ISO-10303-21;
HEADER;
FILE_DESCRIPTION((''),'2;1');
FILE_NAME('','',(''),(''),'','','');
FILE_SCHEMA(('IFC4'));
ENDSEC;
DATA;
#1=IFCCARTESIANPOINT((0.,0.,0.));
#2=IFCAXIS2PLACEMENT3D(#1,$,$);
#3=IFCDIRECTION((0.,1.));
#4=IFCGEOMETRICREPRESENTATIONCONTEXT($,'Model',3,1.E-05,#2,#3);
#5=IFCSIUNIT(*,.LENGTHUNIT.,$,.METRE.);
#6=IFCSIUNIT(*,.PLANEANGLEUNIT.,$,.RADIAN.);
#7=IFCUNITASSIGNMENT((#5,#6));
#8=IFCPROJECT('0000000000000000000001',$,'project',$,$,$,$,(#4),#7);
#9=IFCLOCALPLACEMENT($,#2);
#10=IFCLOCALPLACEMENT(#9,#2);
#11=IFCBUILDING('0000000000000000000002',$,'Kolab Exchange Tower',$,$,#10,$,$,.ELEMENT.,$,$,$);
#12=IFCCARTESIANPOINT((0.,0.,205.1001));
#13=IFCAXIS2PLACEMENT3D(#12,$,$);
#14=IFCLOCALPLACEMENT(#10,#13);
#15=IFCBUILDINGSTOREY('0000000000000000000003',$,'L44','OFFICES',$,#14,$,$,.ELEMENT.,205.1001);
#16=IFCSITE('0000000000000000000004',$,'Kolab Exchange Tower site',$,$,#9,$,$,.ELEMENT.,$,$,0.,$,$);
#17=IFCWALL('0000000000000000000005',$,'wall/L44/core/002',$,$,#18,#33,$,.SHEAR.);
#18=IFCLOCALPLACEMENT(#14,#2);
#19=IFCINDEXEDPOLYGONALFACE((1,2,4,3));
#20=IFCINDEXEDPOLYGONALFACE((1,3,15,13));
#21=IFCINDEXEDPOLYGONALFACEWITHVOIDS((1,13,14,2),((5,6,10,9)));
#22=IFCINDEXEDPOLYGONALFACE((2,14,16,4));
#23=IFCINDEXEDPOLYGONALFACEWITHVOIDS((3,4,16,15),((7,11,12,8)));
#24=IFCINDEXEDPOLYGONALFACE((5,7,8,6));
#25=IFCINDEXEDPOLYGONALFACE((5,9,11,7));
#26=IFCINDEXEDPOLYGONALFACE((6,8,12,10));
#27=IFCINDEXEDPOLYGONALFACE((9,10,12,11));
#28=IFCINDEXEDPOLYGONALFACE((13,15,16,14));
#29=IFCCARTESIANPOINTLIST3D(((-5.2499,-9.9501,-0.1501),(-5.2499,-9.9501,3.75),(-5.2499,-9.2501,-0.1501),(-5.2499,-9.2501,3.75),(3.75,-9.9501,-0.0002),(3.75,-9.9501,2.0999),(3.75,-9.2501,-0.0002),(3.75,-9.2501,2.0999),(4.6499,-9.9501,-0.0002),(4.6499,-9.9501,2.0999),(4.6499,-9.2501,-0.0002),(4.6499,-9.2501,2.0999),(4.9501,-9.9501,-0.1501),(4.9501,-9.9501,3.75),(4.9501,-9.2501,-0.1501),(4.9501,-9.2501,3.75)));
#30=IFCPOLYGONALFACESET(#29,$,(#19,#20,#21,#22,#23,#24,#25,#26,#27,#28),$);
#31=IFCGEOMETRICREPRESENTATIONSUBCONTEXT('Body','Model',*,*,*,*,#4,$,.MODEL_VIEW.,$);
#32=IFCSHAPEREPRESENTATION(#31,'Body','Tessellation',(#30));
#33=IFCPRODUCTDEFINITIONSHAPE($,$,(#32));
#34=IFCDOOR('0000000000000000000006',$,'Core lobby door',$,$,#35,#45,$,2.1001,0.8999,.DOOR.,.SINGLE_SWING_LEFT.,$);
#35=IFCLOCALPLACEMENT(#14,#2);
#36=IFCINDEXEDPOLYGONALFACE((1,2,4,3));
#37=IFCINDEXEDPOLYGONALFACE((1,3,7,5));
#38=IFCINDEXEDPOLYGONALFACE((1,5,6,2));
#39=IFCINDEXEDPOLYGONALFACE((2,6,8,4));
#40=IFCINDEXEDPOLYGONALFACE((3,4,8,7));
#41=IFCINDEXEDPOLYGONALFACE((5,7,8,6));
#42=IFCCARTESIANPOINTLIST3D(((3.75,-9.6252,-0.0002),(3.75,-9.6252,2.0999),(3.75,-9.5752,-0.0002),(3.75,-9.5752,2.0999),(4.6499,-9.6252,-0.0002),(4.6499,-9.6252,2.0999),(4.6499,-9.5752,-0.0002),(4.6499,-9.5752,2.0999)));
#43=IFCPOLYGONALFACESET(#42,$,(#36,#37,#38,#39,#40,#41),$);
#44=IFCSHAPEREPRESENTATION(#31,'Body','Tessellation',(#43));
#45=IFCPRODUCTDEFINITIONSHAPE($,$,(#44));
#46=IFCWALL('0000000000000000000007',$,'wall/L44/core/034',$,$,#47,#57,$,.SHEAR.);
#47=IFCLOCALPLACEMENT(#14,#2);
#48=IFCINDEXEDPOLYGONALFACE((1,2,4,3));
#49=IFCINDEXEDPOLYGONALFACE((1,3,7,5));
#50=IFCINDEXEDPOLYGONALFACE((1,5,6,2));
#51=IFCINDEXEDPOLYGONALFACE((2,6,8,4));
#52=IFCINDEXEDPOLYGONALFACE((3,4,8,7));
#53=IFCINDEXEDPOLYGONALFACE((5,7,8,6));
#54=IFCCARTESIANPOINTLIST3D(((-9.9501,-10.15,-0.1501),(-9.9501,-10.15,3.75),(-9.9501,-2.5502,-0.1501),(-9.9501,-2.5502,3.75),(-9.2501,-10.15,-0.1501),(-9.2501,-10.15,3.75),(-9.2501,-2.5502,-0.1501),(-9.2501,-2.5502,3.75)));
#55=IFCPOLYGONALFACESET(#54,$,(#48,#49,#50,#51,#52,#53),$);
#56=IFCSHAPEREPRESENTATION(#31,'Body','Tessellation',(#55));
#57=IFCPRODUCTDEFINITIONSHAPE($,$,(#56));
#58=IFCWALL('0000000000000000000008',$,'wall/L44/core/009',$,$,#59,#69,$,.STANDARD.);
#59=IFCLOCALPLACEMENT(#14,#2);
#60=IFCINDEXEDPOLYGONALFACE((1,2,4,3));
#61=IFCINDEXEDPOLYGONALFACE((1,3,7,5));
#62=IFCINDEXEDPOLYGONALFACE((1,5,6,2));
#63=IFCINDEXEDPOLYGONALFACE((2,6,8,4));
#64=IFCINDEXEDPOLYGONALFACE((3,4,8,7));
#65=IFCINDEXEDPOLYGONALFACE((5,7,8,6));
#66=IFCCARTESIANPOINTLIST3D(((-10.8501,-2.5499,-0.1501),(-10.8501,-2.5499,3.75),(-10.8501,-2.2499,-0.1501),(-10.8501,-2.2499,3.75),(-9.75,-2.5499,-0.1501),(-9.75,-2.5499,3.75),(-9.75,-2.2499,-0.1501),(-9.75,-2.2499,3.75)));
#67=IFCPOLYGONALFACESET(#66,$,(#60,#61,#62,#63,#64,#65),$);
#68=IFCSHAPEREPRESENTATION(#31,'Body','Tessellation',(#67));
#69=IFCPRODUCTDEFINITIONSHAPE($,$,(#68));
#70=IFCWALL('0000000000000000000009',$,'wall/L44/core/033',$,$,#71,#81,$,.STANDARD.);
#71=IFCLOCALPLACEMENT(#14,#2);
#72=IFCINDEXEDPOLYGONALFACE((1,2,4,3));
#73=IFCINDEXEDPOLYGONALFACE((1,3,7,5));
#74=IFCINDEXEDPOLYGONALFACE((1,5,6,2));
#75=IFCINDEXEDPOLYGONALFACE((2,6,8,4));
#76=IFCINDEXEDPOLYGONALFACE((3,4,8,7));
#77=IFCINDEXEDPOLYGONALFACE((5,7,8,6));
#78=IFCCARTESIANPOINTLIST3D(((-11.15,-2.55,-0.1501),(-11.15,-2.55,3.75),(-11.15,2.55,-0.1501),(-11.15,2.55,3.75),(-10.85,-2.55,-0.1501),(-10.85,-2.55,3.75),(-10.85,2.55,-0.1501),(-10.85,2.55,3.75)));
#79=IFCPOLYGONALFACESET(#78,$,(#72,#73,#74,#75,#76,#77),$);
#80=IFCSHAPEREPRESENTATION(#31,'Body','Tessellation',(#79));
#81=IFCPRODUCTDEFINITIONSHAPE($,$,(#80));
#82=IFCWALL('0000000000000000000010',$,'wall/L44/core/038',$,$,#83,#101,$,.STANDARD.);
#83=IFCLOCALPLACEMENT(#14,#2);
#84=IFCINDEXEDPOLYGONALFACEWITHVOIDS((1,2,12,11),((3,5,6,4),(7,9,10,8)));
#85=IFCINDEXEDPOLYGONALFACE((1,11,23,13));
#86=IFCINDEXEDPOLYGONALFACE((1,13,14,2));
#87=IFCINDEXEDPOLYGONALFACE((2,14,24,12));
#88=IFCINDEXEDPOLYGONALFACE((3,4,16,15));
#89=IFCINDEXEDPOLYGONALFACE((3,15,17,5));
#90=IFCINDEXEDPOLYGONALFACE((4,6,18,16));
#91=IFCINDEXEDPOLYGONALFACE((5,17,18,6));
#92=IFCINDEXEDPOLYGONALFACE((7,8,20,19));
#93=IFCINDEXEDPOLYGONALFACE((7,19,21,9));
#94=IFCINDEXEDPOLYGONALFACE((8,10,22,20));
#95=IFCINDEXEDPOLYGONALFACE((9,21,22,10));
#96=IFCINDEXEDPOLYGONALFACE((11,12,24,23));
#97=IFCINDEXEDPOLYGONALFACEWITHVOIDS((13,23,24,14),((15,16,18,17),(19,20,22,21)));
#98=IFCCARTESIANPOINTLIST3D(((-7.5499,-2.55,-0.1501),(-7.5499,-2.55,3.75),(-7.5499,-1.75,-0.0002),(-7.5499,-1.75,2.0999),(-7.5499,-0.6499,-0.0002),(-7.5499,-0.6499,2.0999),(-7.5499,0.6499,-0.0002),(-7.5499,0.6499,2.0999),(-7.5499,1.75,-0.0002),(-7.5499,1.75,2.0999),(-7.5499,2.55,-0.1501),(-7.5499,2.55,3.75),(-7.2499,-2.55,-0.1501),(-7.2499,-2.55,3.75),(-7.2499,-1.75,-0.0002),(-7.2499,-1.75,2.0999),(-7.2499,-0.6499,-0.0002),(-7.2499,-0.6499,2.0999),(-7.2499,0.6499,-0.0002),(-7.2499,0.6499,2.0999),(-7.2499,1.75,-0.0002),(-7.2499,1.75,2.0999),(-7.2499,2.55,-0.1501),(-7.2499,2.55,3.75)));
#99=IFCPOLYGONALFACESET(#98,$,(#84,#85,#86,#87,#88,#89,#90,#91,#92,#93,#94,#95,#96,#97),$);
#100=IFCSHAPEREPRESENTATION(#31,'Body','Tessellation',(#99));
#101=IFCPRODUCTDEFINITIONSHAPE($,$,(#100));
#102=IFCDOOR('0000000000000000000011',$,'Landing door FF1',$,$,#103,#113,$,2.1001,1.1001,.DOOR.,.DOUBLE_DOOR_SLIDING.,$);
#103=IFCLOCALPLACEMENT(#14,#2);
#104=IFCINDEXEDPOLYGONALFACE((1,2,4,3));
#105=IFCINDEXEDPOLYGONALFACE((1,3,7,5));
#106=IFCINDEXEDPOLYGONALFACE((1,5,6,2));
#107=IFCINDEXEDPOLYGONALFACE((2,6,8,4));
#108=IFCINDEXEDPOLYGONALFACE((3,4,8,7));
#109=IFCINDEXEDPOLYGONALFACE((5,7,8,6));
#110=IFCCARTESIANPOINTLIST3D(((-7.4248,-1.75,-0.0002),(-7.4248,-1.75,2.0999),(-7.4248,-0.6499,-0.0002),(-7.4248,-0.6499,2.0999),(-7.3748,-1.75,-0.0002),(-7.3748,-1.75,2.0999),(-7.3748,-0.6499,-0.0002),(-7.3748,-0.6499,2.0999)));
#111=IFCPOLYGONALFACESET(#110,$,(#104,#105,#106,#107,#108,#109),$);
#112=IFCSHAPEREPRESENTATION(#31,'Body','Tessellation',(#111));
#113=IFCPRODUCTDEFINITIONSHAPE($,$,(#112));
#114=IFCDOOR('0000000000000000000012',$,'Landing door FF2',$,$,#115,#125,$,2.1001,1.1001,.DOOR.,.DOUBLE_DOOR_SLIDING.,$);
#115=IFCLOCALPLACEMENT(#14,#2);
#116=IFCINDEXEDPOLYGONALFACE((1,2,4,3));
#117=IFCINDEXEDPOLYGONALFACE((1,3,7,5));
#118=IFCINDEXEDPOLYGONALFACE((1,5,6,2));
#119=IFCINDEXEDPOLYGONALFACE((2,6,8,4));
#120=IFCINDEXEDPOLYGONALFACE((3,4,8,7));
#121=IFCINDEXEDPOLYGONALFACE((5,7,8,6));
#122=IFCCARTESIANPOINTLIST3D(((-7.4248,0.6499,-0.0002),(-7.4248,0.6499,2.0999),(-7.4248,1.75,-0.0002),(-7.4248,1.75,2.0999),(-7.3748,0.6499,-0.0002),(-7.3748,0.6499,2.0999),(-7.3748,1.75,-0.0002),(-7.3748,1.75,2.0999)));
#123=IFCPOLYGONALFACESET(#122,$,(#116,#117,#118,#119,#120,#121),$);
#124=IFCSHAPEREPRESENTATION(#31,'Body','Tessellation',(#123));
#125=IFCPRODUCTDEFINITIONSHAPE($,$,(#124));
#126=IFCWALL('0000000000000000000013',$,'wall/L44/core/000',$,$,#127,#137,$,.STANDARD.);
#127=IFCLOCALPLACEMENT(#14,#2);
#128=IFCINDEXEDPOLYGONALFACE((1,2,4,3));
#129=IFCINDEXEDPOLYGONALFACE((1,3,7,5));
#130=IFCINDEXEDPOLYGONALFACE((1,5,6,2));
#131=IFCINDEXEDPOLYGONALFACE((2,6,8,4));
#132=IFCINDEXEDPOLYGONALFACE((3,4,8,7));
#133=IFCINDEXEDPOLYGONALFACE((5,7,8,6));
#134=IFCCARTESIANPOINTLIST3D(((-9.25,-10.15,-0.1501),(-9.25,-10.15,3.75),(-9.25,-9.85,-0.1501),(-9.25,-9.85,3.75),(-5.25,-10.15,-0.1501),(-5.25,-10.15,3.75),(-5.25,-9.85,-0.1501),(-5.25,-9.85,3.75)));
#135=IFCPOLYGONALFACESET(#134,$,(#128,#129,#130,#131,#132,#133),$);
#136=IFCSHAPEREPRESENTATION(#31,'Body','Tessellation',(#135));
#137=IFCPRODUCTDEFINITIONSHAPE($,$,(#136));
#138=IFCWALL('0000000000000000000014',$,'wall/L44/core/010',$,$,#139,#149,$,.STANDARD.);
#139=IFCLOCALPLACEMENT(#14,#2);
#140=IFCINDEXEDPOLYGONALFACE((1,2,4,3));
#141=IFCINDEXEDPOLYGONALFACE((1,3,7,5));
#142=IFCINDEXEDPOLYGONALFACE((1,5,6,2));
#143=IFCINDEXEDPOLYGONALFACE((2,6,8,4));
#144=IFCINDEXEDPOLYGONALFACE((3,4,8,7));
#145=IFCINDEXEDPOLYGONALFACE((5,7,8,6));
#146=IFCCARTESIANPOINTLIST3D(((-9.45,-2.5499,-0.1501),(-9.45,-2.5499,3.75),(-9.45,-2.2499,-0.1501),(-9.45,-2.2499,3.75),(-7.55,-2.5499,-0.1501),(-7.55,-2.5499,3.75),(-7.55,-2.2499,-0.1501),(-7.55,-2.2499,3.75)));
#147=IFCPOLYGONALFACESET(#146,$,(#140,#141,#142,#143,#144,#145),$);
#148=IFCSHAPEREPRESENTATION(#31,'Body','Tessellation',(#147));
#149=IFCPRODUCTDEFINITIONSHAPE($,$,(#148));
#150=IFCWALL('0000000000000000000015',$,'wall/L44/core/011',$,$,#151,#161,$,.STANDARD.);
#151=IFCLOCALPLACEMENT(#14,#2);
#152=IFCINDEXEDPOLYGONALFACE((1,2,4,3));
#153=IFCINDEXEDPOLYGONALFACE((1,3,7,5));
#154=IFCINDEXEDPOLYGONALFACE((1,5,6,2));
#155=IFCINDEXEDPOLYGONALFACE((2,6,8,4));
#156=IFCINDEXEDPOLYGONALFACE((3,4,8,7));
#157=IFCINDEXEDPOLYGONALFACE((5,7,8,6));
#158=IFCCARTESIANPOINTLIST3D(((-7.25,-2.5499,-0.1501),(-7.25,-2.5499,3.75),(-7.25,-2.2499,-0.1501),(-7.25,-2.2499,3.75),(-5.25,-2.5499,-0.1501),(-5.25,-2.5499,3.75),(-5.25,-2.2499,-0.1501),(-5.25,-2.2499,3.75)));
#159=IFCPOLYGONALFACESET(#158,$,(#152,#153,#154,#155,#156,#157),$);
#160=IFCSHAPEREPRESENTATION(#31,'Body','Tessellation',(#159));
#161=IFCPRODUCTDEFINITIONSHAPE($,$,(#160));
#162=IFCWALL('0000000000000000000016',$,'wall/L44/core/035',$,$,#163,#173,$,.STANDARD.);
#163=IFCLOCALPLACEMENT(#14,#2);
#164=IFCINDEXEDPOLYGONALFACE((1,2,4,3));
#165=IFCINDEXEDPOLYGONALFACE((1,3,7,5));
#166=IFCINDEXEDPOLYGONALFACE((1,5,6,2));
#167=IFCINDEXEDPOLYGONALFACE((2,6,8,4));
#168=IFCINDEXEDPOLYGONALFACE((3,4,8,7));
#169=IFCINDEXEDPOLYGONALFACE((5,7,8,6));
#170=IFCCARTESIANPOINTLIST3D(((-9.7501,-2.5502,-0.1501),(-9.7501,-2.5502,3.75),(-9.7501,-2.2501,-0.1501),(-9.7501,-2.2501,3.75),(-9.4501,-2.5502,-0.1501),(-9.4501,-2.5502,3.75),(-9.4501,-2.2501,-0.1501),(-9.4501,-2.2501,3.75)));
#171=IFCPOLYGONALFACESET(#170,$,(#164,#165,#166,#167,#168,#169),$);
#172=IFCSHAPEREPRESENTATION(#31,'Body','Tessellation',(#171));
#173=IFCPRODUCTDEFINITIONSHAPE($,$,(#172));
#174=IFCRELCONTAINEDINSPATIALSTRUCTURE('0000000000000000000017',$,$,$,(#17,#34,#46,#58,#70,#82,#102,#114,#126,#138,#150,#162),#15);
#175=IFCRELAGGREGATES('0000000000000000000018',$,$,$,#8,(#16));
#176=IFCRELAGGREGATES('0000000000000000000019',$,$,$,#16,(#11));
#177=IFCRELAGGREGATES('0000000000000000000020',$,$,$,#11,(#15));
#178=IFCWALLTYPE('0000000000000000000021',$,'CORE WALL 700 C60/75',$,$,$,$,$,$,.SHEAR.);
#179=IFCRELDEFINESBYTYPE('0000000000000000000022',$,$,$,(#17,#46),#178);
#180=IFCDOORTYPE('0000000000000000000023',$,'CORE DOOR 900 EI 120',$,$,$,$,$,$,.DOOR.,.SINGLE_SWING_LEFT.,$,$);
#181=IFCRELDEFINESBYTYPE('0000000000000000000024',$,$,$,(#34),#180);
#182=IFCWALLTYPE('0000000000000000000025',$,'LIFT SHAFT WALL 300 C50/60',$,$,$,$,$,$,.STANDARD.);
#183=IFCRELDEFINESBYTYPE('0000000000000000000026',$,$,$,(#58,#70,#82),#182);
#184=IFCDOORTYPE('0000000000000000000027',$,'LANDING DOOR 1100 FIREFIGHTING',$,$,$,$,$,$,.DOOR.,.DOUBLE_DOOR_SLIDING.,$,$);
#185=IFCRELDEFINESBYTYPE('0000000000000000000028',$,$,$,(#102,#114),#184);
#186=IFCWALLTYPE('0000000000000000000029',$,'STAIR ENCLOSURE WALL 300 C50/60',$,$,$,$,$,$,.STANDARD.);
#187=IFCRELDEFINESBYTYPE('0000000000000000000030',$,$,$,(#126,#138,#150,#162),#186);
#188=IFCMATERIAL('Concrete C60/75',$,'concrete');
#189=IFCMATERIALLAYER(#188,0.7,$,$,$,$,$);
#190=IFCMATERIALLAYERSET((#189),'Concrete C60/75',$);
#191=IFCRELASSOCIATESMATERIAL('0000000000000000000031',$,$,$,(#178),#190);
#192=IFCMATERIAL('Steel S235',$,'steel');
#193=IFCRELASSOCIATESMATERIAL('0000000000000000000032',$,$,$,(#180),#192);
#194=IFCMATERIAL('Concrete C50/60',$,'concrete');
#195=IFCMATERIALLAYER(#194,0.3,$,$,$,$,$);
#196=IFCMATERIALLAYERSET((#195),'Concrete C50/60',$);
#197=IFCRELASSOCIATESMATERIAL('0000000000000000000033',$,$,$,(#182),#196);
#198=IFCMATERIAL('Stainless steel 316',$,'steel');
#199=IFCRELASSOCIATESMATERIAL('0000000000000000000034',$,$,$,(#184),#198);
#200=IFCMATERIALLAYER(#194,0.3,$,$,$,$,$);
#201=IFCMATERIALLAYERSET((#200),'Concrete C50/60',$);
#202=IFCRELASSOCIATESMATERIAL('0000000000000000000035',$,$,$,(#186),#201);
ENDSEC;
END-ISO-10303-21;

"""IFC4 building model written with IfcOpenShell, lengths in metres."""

from ifc_helpers import new_model, si_unit, direction, frame, frame_2d, origin, place, context, subcontext, project, spatial, rectangle, extrude, material, layer, layer_set, type_object, element, fill, save


model = new_model("IFC4")

# Units and contexts
model_context = context("Model", 3, precision=1e-05, world=origin(), true_north=direction((0.0, 1.0)))
body_context = subcontext(model_context, "Body", "Model", "MODEL_VIEW")
ifc_project = project(units=[si_unit("LENGTHUNIT", "METRE"), si_unit("PLANEANGLEUNIT", "RADIAN")], contexts=[model_context])

# Site, building, storey
site_placement = place(None, origin())
site = spatial("IfcSite", under=ifc_project, at=site_placement, Name="Kolab Exchange Tower site", CompositionType="ELEMENT", RefElevation=0.0)
building_placement = place(site_placement, origin())
building = spatial("IfcBuilding", under=site, at=building_placement, Name="Kolab Exchange Tower", CompositionType="ELEMENT")
storey_placement = place(building_placement, frame((0.0, 0.0, 205.1001)))
storey = spatial("IfcBuildingStorey", under=building, at=storey_placement, Name="L44", Description="OFFICES", CompositionType="ELEMENT", Elevation=205.1001)

# Wall, opening, door
ifc_material_1 = material(Name="Concrete C60/75", Category="concrete")
ifc_layer_1 = layer(ifc_material_1, 0.7)
ifc_layer_set_1 = layer_set([ifc_layer_1], Name="Concrete C60/75")
wall_type_1 = type_object("IfcWallType", Name="CORE WALL 700 C60/75", PredefinedType="SHEAR", material=ifc_layer_set_1)
wall_1_placement = place(storey_placement, frame((-5.25, -9.6001, -0.1501), z_axis=(0.0, 0.0, 1.0), x_axis=(1.0, 0.0, 0.0)))
wall_1 = element("IfcWall", 1, at=wall_1_placement, inside=storey, type_object=wall_type_1, Name="wall/L44/core/002", PredefinedType="SHEAR", context=body_context, shape_type="SweptSolid", body=[
    extrude(rectangle(XDim=10.2, YDim=0.7, at=frame_2d((5.1001, 0.0))), origin(), (0.0, 0.0, 1.0), 3.9001),
])
opening_1_placement = place(wall_1_placement, frame((9.0, 0.0, 0.1499)))
opening_1 = element("IfcOpeningElement", 2, at=opening_1_placement, cuts=wall_1, PredefinedType="OPENING", context=body_context, shape_type="SweptSolid", body=[
    extrude(rectangle(XDim=0.8999, YDim=2.1001, at=frame_2d((0.45, 1.05))), frame((0.0, 0.3599, 0.0), z_axis=(0.0, -1.0, 0.0), x_axis=(1.0, 0.0, 0.0)), (0.0, 0.0, 1.0), 0.72),
])
ifc_material_2 = material(Name="Steel S235", Category="steel")
door_type_1 = type_object("IfcDoorType", Name="CORE DOOR 900 EI 120", OperationType="SINGLE_SWING_LEFT", PredefinedType="DOOR", material=ifc_material_2)
door_1_placement = place(opening_1_placement, origin())
door_1 = element("IfcDoor", 3, at=door_1_placement, inside=storey, type_object=door_type_1, Name="Core lobby door", OperationType="SINGLE_SWING_LEFT", OverallHeight=2.1001, OverallWidth=0.8999, PredefinedType="DOOR", context=body_context, shape_type="SweptSolid", body=[
    extrude(rectangle(XDim=0.8999, YDim=2.1001, at=frame_2d((0.45, 1.05))), frame((0.0, 0.0249, 0.0), z_axis=(0.0, -1.0, 0.0), x_axis=(1.0, 0.0, 0.0)), (0.0, 0.0, 1.0), 0.05),
])
fill(opening_1, door_1)

# Walls
wall_2_placement = place(storey_placement, frame((-9.6001, -10.1499, -0.1501), z_axis=(0.0, 0.0, 1.0), x_axis=(0.0, 1.0, 0.0)))
element("IfcWall", 4, at=wall_2_placement, inside=storey, type_object=wall_type_1, Name="wall/L44/core/034", PredefinedType="SHEAR", context=body_context, shape_type="SweptSolid", body=[
    extrude(rectangle(XDim=7.5999, YDim=0.7, at=frame_2d((3.7998, 0.0))), origin(), (0.0, 0.0, 1.0), 3.9001),
])
ifc_material_3 = material(Name="Concrete C50/60", Category="concrete")
ifc_layer_2 = layer(ifc_material_3, 0.3)
ifc_layer_set_2 = layer_set([ifc_layer_2], Name="Concrete C50/60")
wall_type_2 = type_object("IfcWallType", Name="LIFT SHAFT WALL 300 C50/60", PredefinedType="STANDARD", material=ifc_layer_set_2)
wall_3_placement = place(storey_placement, frame((-10.8501, -2.3999, -0.1501), z_axis=(0.0, 0.0, 1.0), x_axis=(1.0, 0.0, 0.0)))
element("IfcWall", 5, at=wall_3_placement, inside=storey, type_object=wall_type_2, Name="wall/L44/core/009", PredefinedType="STANDARD", context=body_context, shape_type="SweptSolid", body=[
    extrude(rectangle(XDim=1.1001, YDim=0.3, at=frame_2d((0.55, 0.0))), origin(), (0.0, 0.0, 1.0), 3.9001),
])
wall_4_placement = place(storey_placement, frame((-11.0, -2.55, -0.1501), z_axis=(0.0, 0.0, 1.0), x_axis=(0.0, 1.0, 0.0)))
element("IfcWall", 6, at=wall_4_placement, inside=storey, type_object=wall_type_2, Name="wall/L44/core/033", PredefinedType="STANDARD", context=body_context, shape_type="SweptSolid", body=[
    extrude(rectangle(XDim=5.1001, YDim=0.3, at=frame_2d((2.55, 0.0))), origin(), (0.0, 0.0, 1.0), 3.9001),
])

# Wall, openings, doors
wall_5_placement = place(storey_placement, frame((-7.3999, -2.55, -0.1501), z_axis=(0.0, 0.0, 1.0), x_axis=(0.0, 1.0, 0.0)))
wall_5 = element("IfcWall", 7, at=wall_5_placement, inside=storey, type_object=wall_type_2, Name="wall/L44/core/038", PredefinedType="STANDARD", context=body_context, shape_type="SweptSolid", body=[
    extrude(rectangle(XDim=5.1001, YDim=0.3, at=frame_2d((2.55, 0.0))), origin(), (0.0, 0.0, 1.0), 3.9001),
])
opening_2_placement = place(wall_5_placement, frame((0.8, 0.0, 0.1499)))
opening_2 = element("IfcOpeningElement", 8, at=opening_2_placement, cuts=wall_5, PredefinedType="OPENING", context=body_context, shape_type="SweptSolid", body=[
    extrude(rectangle(XDim=1.1001, YDim=2.1001, at=frame_2d((0.55, 1.05))), frame((0.0, 0.1602, 0.0), z_axis=(0.0, -1.0, 0.0), x_axis=(1.0, 0.0, 0.0)), (0.0, 0.0, 1.0), 0.3201),
])
opening_3_placement = place(wall_5_placement, frame((3.2, 0.0, 0.1499)))
opening_3 = element("IfcOpeningElement", 9, at=opening_3_placement, cuts=wall_5, PredefinedType="OPENING", context=body_context, shape_type="SweptSolid", body=[
    extrude(rectangle(XDim=1.1001, YDim=2.1001, at=frame_2d((0.55, 1.05))), frame((0.0, 0.1602, 0.0), z_axis=(0.0, -1.0, 0.0), x_axis=(1.0, 0.0, 0.0)), (0.0, 0.0, 1.0), 0.3201),
])
ifc_material_4 = material(Name="Stainless steel 316", Category="steel")
door_type_2 = type_object("IfcDoorType", Name="LANDING DOOR 1100 FIREFIGHTING", OperationType="DOUBLE_DOOR_SLIDING", PredefinedType="DOOR", material=ifc_material_4)
door_2_placement = place(opening_2_placement, origin())
door_2 = element("IfcDoor", 10, at=door_2_placement, inside=storey, type_object=door_type_2, Name="Landing door FF1", OperationType="DOUBLE_DOOR_SLIDING", OverallHeight=2.1001, OverallWidth=1.1001, PredefinedType="DOOR", context=body_context, shape_type="SweptSolid", body=[
    extrude(rectangle(XDim=1.1001, YDim=2.1001, at=frame_2d((0.55, 1.05))), frame((0.0, 0.0249, 0.0), z_axis=(0.0, -1.0, 0.0), x_axis=(1.0, 0.0, 0.0)), (0.0, 0.0, 1.0), 0.05),
])
fill(opening_2, door_2)
door_3_placement = place(opening_3_placement, origin())
door_3 = element("IfcDoor", 11, at=door_3_placement, inside=storey, type_object=door_type_2, Name="Landing door FF2", OperationType="DOUBLE_DOOR_SLIDING", OverallHeight=2.1001, OverallWidth=1.1001, PredefinedType="DOOR", context=body_context, shape_type="SweptSolid", body=[
    extrude(rectangle(XDim=1.1001, YDim=2.1001, at=frame_2d((0.55, 1.05))), frame((0.0, 0.0249, 0.0), z_axis=(0.0, -1.0, 0.0), x_axis=(1.0, 0.0, 0.0)), (0.0, 0.0, 1.0), 0.05),
])
fill(opening_3, door_3)

# Walls
ifc_layer_3 = layer(ifc_material_3, 0.3)
ifc_layer_set_3 = layer_set([ifc_layer_3], Name="Concrete C50/60")
wall_type_3 = type_object("IfcWallType", Name="STAIR ENCLOSURE WALL 300 C50/60", PredefinedType="STANDARD", material=ifc_layer_set_3)
wall_6_placement = place(storey_placement, frame((-9.25, -10.0, -0.1501), z_axis=(0.0, 0.0, 1.0), x_axis=(1.0, 0.0, 0.0)))
element("IfcWall", 12, at=wall_6_placement, inside=storey, type_object=wall_type_3, Name="wall/L44/core/000", PredefinedType="STANDARD", context=body_context, shape_type="SweptSolid", body=[
    extrude(rectangle(XDim=4.0, YDim=0.3, at=frame_2d((2.0, 0.0))), origin(), (0.0, 0.0, 1.0), 3.9001),
])
wall_7_placement = place(storey_placement, frame((-9.45, -2.3999, -0.1501), z_axis=(0.0, 0.0, 1.0), x_axis=(1.0, 0.0, 0.0)))
element("IfcWall", 13, at=wall_7_placement, inside=storey, type_object=wall_type_3, Name="wall/L44/core/010", PredefinedType="STANDARD", context=body_context, shape_type="SweptSolid", body=[
    extrude(rectangle(XDim=1.8999, YDim=0.3, at=frame_2d((0.95, 0.0))), origin(), (0.0, 0.0, 1.0), 3.9001),
])
wall_8_placement = place(storey_placement, frame((-7.25, -2.3999, -0.1501), z_axis=(0.0, 0.0, 1.0), x_axis=(1.0, 0.0, 0.0)))
element("IfcWall", 14, at=wall_8_placement, inside=storey, type_object=wall_type_3, Name="wall/L44/core/011", PredefinedType="STANDARD", context=body_context, shape_type="SweptSolid", body=[
    extrude(rectangle(XDim=2.0, YDim=0.3, at=frame_2d((1.0, 0.0))), origin(), (0.0, 0.0, 1.0), 3.9001),
])
wall_9_placement = place(storey_placement, frame((-9.6001, -2.55, -0.1501), z_axis=(0.0, 0.0, 1.0), x_axis=(0.0, 1.0, 0.0)))
element("IfcWall", 15, at=wall_9_placement, inside=storey, type_object=wall_type_3, Name="wall/L44/core/035", PredefinedType="STANDARD", context=body_context, shape_type="SweptSolid", body=[
    extrude(rectangle(XDim=0.3, YDim=0.3, at=frame_2d((0.1499, 0.0))), origin(), (0.0, 0.0, 1.0), 3.9001),
])

save(model, "model.ifc")
